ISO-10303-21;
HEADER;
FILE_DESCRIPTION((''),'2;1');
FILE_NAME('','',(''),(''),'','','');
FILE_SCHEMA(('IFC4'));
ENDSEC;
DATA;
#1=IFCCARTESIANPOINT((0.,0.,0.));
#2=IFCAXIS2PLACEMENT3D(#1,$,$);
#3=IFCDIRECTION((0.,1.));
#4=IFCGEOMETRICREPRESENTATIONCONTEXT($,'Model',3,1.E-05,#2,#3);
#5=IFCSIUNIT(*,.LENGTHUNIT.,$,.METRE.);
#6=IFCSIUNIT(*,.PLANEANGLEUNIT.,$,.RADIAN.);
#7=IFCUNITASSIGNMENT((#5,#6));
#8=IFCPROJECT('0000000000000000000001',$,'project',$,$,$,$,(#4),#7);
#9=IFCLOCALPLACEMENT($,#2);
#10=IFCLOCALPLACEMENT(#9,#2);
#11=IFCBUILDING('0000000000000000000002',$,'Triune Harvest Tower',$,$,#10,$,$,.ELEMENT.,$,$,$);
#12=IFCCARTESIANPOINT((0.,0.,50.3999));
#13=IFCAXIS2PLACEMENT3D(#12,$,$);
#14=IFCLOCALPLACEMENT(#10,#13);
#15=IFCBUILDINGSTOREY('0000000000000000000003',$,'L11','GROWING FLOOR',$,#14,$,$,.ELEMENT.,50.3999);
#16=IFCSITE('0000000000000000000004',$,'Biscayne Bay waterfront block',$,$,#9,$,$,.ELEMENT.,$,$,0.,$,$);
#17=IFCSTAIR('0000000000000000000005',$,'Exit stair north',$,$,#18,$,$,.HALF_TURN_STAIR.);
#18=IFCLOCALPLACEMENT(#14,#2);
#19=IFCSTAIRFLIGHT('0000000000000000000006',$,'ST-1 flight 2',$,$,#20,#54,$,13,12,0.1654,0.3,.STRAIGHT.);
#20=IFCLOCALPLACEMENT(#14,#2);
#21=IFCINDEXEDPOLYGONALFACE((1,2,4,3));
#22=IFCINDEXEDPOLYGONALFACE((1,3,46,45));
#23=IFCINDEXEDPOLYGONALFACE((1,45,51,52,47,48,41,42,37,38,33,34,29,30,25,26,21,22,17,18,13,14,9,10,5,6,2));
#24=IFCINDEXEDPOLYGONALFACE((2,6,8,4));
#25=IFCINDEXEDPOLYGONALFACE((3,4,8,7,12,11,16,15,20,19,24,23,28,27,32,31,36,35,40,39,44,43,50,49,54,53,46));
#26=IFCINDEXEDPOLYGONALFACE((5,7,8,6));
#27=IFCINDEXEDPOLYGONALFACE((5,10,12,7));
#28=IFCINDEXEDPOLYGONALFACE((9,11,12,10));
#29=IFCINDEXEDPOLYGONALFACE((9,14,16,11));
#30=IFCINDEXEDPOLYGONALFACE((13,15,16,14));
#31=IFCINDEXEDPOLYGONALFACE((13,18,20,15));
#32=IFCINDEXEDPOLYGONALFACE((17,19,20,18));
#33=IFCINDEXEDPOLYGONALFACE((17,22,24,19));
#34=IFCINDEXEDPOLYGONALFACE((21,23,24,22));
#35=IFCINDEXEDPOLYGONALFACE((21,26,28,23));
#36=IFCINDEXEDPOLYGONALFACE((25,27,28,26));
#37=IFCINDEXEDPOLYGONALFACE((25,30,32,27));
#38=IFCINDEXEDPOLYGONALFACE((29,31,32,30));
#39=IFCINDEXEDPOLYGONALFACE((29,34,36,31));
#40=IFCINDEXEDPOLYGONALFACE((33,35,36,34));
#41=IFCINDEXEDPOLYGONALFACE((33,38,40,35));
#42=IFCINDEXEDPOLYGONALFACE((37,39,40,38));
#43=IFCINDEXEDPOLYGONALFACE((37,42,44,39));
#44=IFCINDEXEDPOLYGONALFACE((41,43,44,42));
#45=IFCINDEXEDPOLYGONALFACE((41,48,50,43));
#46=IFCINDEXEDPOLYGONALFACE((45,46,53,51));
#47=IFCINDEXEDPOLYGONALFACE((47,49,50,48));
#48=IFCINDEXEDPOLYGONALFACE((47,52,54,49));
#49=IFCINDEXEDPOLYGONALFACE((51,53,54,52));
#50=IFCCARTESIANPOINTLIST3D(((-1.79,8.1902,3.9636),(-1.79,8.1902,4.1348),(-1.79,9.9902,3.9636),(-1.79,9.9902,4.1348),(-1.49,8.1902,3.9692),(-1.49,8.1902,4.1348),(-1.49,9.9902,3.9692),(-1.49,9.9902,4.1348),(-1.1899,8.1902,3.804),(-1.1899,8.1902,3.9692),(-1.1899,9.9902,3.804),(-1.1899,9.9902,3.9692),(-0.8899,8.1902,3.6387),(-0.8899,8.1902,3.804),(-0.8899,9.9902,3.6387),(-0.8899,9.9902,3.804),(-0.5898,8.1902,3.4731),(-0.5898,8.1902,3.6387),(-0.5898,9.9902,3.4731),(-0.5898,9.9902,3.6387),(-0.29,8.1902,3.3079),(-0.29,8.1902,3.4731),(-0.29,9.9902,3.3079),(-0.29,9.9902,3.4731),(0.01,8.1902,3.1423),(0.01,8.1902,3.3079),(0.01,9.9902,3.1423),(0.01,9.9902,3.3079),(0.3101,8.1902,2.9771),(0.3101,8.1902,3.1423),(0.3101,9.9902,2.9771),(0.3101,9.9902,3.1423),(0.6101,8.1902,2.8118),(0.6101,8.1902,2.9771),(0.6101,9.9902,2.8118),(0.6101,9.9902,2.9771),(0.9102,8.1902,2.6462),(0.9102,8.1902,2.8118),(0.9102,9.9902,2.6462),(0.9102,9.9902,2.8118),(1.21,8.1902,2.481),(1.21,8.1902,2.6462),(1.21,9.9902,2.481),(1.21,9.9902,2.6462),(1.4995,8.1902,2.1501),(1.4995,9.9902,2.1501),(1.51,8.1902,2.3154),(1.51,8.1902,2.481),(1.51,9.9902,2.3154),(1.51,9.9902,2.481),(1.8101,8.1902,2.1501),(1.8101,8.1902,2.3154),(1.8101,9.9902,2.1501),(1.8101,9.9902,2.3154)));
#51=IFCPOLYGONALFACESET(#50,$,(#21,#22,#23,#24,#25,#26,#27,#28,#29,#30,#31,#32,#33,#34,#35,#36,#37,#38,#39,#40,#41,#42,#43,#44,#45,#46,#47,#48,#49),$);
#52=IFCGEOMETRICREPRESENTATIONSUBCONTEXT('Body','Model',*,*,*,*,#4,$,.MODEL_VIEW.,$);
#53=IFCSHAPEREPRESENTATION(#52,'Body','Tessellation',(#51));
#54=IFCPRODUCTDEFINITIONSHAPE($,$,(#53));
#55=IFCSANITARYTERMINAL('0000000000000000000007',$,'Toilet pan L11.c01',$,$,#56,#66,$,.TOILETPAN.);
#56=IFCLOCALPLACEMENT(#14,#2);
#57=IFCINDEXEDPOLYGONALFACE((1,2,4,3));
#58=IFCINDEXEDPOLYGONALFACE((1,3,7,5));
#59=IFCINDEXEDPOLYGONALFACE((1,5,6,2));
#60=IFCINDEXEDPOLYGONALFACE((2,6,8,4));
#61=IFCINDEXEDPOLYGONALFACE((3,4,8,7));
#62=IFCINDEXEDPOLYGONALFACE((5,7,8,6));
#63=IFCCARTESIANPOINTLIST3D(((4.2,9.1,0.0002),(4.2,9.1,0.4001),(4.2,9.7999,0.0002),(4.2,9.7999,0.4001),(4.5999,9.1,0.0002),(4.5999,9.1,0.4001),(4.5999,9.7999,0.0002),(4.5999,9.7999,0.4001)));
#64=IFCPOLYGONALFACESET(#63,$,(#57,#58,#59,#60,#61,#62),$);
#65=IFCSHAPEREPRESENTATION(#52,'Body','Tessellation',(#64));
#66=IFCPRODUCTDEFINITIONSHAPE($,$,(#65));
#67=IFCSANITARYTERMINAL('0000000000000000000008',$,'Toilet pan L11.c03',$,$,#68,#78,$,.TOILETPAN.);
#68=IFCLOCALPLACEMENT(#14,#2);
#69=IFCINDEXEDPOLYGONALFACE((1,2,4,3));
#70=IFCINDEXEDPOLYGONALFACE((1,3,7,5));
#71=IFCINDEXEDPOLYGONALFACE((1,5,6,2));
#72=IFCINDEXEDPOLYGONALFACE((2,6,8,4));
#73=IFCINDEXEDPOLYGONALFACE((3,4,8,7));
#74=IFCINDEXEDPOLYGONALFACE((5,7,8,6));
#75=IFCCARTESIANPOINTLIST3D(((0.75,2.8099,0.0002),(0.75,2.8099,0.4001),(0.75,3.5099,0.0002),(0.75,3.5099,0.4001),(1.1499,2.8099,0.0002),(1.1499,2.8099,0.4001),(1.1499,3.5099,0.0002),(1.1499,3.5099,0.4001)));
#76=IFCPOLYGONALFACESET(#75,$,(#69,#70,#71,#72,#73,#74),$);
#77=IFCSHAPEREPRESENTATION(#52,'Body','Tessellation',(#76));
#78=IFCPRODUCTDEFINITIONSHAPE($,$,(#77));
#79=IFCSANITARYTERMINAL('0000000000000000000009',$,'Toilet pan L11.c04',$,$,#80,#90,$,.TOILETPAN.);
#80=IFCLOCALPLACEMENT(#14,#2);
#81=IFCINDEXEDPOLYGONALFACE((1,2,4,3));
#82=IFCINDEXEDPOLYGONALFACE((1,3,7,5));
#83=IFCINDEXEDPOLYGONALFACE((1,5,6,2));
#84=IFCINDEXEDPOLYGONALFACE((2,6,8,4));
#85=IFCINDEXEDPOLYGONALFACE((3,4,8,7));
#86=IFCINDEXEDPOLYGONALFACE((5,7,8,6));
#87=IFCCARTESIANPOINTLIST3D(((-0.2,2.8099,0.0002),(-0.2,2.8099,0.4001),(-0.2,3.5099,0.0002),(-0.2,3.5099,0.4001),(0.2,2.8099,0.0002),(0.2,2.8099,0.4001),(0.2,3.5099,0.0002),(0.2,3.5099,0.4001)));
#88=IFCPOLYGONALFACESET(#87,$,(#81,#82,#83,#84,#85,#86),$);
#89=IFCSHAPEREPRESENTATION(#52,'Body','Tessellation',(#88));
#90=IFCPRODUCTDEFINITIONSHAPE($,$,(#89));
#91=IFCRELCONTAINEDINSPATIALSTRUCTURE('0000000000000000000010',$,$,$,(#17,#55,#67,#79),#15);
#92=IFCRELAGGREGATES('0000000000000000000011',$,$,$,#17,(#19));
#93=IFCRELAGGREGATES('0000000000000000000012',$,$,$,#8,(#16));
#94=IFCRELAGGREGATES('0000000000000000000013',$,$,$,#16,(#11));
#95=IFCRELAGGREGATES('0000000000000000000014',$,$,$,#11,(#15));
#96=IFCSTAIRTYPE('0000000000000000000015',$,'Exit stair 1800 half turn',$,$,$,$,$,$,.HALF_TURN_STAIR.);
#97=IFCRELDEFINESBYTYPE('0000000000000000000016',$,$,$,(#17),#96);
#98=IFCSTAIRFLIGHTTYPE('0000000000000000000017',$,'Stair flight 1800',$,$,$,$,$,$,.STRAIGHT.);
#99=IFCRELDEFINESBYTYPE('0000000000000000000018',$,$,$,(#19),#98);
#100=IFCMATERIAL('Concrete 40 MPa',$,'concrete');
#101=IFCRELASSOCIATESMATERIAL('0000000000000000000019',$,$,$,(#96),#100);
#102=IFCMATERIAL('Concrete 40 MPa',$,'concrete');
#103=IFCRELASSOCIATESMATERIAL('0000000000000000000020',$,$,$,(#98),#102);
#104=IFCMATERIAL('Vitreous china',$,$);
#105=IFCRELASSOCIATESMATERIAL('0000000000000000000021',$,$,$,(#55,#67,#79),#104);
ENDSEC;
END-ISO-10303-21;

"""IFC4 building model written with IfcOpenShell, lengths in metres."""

from ifc_helpers import new_model, si_unit, direction, frame, origin, origin_2d, place, context, subcontext, project, spatial, polyline, rectangle, outline, extrude, source, transform, mapped, material, type_object, element, aggregate, save


model = new_model("IFC4")

# Units and contexts
model_context = context("Model", 3, precision=1e-05, world=origin(), true_north=direction((0.0, 1.0)))
body_context = subcontext(model_context, "Body", "Model", "MODEL_VIEW")
ifc_project = project(units=[si_unit("LENGTHUNIT", "METRE"), si_unit("PLANEANGLEUNIT", "RADIAN")], contexts=[model_context])

# Site, building, storey
site_placement = place(None, origin())
site = spatial("IfcSite", under=ifc_project, at=site_placement, Name="Biscayne Bay waterfront block", CompositionType="ELEMENT", RefElevation=0.0)
building_placement = place(site_placement, origin())
building = spatial("IfcBuilding", under=site, at=building_placement, Name="Triune Harvest Tower", CompositionType="ELEMENT")
storey_placement = place(building_placement, frame((0.0, 0.0, 50.3999)))
storey = spatial("IfcBuildingStorey", under=building, at=storey_placement, Name="L11", Description="GROWING FLOOR", CompositionType="ELEMENT", Elevation=50.3999)

# Stair, stair flight
ifc_material_1 = material(Name="Concrete 40 MPa", Category="concrete")
stair_type = type_object("IfcStairType", Name="Exit stair 1800 half turn", PredefinedType="HALF_TURN_STAIR", material=ifc_material_1)
stair_placement = place(storey_placement, origin())
stair = element("IfcStair", 1, at=stair_placement, inside=storey, type_object=stair_type, Name="Exit stair north", PredefinedType="HALF_TURN_STAIR")
ifc_material_2 = material(Name="Concrete 40 MPa", Category="concrete")
stair_flight_type = type_object("IfcStairFlightType", Name="Stair flight 1800", PredefinedType="STRAIGHT", material=ifc_material_2)
shared_shape_1 = source(origin(), body_context, "Body", "SweptSolid", [
    extrude(outline(polyline([(0.0, 0.0), (0.0, 0.1653), (0.3, 0.1653), (0.3, 0.3308), (0.6001, 0.3308), (0.6001, 0.4961), (0.8999, 0.4961), (0.8999, 0.6616), (1.2, 0.6616), (1.2, 0.8269), (1.5, 0.8269), (1.5, 0.9922), (1.8, 0.9922), (1.8, 1.1577), (2.1001, 1.1577), (2.1001, 1.323), (2.3999, 1.323), (2.3999, 1.4885), (2.7, 1.4885), (2.7, 1.6538), (3.0, 1.6538), (3.0, 1.8191), (3.3, 1.8191), (3.3, 1.9846), (3.6001, 1.9846), (3.6001, 2.1499), (3.6001, 1.8135), (0.3105, 0.0), (0.0, 0.0)])), frame((0.0, 0.8999, 0.0), z_axis=(0.0, -1.0, 0.0), x_axis=(1.0, 0.0, 0.0)), (0.0, 0.0, 1.0), 1.8),
])
stair_flight_placement = place(storey_placement, frame((1.8101, 9.0901, 2.1501), z_axis=(0.0, 0.0, 1.0), x_axis=(-1.0, 0.0, 0.0)))
stair_flight = element("IfcStairFlight", 2, at=stair_flight_placement, type_object=stair_flight_type, Name="ST-1 flight 2", NumberOfRisers=13, NumberOfTreads=12, PredefinedType="STRAIGHT", RiserHeight=0.1654, TreadLength=0.3, context=body_context, shape_type="MappedRepresentation", body=[
    mapped(shared_shape_1, transform((0.0, 0.0, 0.0), scale=1.0)),
])
aggregate(stair, [stair_flight])

# Sanitary terminals
ifc_material_3 = material(Name="Vitreous china")
shared_shape_2 = source(origin(), body_context, "Body", "SweptSolid", [
    extrude(rectangle(XDim=0.3999, YDim=0.7, at=origin_2d()), origin(), (0.0, 0.0, 1.0), 0.3999),
])
for number, where, z_axis, x_axis, name in (
    (3, (4.3999, 9.45, 0.0002), (0.0, 0.0, 1.0), (1.0, 0.0, 0.0), "Toilet pan L11.c01"),
    (4, (0.95, 3.1599, 0.0002), (0.0, 0.0, 1.0), (-1.0, 0.0, 0.0), "Toilet pan L11.c03"),
    (5, (0.0, 3.1599, 0.0002), (0.0, 0.0, 1.0), (-1.0, 0.0, 0.0), "Toilet pan L11.c04"),
):
    element("IfcSanitaryTerminal", number, at=place(storey_placement, frame(where, z_axis=z_axis, x_axis=x_axis)), inside=storey, material=ifc_material_3, Name=name, PredefinedType="TOILETPAN", context=body_context, shape_type="MappedRepresentation", body=[
        mapped(shared_shape_2, transform((0.0, 0.0, 0.0), scale=1.0)),
    ])

save(model, "model.ifc")
